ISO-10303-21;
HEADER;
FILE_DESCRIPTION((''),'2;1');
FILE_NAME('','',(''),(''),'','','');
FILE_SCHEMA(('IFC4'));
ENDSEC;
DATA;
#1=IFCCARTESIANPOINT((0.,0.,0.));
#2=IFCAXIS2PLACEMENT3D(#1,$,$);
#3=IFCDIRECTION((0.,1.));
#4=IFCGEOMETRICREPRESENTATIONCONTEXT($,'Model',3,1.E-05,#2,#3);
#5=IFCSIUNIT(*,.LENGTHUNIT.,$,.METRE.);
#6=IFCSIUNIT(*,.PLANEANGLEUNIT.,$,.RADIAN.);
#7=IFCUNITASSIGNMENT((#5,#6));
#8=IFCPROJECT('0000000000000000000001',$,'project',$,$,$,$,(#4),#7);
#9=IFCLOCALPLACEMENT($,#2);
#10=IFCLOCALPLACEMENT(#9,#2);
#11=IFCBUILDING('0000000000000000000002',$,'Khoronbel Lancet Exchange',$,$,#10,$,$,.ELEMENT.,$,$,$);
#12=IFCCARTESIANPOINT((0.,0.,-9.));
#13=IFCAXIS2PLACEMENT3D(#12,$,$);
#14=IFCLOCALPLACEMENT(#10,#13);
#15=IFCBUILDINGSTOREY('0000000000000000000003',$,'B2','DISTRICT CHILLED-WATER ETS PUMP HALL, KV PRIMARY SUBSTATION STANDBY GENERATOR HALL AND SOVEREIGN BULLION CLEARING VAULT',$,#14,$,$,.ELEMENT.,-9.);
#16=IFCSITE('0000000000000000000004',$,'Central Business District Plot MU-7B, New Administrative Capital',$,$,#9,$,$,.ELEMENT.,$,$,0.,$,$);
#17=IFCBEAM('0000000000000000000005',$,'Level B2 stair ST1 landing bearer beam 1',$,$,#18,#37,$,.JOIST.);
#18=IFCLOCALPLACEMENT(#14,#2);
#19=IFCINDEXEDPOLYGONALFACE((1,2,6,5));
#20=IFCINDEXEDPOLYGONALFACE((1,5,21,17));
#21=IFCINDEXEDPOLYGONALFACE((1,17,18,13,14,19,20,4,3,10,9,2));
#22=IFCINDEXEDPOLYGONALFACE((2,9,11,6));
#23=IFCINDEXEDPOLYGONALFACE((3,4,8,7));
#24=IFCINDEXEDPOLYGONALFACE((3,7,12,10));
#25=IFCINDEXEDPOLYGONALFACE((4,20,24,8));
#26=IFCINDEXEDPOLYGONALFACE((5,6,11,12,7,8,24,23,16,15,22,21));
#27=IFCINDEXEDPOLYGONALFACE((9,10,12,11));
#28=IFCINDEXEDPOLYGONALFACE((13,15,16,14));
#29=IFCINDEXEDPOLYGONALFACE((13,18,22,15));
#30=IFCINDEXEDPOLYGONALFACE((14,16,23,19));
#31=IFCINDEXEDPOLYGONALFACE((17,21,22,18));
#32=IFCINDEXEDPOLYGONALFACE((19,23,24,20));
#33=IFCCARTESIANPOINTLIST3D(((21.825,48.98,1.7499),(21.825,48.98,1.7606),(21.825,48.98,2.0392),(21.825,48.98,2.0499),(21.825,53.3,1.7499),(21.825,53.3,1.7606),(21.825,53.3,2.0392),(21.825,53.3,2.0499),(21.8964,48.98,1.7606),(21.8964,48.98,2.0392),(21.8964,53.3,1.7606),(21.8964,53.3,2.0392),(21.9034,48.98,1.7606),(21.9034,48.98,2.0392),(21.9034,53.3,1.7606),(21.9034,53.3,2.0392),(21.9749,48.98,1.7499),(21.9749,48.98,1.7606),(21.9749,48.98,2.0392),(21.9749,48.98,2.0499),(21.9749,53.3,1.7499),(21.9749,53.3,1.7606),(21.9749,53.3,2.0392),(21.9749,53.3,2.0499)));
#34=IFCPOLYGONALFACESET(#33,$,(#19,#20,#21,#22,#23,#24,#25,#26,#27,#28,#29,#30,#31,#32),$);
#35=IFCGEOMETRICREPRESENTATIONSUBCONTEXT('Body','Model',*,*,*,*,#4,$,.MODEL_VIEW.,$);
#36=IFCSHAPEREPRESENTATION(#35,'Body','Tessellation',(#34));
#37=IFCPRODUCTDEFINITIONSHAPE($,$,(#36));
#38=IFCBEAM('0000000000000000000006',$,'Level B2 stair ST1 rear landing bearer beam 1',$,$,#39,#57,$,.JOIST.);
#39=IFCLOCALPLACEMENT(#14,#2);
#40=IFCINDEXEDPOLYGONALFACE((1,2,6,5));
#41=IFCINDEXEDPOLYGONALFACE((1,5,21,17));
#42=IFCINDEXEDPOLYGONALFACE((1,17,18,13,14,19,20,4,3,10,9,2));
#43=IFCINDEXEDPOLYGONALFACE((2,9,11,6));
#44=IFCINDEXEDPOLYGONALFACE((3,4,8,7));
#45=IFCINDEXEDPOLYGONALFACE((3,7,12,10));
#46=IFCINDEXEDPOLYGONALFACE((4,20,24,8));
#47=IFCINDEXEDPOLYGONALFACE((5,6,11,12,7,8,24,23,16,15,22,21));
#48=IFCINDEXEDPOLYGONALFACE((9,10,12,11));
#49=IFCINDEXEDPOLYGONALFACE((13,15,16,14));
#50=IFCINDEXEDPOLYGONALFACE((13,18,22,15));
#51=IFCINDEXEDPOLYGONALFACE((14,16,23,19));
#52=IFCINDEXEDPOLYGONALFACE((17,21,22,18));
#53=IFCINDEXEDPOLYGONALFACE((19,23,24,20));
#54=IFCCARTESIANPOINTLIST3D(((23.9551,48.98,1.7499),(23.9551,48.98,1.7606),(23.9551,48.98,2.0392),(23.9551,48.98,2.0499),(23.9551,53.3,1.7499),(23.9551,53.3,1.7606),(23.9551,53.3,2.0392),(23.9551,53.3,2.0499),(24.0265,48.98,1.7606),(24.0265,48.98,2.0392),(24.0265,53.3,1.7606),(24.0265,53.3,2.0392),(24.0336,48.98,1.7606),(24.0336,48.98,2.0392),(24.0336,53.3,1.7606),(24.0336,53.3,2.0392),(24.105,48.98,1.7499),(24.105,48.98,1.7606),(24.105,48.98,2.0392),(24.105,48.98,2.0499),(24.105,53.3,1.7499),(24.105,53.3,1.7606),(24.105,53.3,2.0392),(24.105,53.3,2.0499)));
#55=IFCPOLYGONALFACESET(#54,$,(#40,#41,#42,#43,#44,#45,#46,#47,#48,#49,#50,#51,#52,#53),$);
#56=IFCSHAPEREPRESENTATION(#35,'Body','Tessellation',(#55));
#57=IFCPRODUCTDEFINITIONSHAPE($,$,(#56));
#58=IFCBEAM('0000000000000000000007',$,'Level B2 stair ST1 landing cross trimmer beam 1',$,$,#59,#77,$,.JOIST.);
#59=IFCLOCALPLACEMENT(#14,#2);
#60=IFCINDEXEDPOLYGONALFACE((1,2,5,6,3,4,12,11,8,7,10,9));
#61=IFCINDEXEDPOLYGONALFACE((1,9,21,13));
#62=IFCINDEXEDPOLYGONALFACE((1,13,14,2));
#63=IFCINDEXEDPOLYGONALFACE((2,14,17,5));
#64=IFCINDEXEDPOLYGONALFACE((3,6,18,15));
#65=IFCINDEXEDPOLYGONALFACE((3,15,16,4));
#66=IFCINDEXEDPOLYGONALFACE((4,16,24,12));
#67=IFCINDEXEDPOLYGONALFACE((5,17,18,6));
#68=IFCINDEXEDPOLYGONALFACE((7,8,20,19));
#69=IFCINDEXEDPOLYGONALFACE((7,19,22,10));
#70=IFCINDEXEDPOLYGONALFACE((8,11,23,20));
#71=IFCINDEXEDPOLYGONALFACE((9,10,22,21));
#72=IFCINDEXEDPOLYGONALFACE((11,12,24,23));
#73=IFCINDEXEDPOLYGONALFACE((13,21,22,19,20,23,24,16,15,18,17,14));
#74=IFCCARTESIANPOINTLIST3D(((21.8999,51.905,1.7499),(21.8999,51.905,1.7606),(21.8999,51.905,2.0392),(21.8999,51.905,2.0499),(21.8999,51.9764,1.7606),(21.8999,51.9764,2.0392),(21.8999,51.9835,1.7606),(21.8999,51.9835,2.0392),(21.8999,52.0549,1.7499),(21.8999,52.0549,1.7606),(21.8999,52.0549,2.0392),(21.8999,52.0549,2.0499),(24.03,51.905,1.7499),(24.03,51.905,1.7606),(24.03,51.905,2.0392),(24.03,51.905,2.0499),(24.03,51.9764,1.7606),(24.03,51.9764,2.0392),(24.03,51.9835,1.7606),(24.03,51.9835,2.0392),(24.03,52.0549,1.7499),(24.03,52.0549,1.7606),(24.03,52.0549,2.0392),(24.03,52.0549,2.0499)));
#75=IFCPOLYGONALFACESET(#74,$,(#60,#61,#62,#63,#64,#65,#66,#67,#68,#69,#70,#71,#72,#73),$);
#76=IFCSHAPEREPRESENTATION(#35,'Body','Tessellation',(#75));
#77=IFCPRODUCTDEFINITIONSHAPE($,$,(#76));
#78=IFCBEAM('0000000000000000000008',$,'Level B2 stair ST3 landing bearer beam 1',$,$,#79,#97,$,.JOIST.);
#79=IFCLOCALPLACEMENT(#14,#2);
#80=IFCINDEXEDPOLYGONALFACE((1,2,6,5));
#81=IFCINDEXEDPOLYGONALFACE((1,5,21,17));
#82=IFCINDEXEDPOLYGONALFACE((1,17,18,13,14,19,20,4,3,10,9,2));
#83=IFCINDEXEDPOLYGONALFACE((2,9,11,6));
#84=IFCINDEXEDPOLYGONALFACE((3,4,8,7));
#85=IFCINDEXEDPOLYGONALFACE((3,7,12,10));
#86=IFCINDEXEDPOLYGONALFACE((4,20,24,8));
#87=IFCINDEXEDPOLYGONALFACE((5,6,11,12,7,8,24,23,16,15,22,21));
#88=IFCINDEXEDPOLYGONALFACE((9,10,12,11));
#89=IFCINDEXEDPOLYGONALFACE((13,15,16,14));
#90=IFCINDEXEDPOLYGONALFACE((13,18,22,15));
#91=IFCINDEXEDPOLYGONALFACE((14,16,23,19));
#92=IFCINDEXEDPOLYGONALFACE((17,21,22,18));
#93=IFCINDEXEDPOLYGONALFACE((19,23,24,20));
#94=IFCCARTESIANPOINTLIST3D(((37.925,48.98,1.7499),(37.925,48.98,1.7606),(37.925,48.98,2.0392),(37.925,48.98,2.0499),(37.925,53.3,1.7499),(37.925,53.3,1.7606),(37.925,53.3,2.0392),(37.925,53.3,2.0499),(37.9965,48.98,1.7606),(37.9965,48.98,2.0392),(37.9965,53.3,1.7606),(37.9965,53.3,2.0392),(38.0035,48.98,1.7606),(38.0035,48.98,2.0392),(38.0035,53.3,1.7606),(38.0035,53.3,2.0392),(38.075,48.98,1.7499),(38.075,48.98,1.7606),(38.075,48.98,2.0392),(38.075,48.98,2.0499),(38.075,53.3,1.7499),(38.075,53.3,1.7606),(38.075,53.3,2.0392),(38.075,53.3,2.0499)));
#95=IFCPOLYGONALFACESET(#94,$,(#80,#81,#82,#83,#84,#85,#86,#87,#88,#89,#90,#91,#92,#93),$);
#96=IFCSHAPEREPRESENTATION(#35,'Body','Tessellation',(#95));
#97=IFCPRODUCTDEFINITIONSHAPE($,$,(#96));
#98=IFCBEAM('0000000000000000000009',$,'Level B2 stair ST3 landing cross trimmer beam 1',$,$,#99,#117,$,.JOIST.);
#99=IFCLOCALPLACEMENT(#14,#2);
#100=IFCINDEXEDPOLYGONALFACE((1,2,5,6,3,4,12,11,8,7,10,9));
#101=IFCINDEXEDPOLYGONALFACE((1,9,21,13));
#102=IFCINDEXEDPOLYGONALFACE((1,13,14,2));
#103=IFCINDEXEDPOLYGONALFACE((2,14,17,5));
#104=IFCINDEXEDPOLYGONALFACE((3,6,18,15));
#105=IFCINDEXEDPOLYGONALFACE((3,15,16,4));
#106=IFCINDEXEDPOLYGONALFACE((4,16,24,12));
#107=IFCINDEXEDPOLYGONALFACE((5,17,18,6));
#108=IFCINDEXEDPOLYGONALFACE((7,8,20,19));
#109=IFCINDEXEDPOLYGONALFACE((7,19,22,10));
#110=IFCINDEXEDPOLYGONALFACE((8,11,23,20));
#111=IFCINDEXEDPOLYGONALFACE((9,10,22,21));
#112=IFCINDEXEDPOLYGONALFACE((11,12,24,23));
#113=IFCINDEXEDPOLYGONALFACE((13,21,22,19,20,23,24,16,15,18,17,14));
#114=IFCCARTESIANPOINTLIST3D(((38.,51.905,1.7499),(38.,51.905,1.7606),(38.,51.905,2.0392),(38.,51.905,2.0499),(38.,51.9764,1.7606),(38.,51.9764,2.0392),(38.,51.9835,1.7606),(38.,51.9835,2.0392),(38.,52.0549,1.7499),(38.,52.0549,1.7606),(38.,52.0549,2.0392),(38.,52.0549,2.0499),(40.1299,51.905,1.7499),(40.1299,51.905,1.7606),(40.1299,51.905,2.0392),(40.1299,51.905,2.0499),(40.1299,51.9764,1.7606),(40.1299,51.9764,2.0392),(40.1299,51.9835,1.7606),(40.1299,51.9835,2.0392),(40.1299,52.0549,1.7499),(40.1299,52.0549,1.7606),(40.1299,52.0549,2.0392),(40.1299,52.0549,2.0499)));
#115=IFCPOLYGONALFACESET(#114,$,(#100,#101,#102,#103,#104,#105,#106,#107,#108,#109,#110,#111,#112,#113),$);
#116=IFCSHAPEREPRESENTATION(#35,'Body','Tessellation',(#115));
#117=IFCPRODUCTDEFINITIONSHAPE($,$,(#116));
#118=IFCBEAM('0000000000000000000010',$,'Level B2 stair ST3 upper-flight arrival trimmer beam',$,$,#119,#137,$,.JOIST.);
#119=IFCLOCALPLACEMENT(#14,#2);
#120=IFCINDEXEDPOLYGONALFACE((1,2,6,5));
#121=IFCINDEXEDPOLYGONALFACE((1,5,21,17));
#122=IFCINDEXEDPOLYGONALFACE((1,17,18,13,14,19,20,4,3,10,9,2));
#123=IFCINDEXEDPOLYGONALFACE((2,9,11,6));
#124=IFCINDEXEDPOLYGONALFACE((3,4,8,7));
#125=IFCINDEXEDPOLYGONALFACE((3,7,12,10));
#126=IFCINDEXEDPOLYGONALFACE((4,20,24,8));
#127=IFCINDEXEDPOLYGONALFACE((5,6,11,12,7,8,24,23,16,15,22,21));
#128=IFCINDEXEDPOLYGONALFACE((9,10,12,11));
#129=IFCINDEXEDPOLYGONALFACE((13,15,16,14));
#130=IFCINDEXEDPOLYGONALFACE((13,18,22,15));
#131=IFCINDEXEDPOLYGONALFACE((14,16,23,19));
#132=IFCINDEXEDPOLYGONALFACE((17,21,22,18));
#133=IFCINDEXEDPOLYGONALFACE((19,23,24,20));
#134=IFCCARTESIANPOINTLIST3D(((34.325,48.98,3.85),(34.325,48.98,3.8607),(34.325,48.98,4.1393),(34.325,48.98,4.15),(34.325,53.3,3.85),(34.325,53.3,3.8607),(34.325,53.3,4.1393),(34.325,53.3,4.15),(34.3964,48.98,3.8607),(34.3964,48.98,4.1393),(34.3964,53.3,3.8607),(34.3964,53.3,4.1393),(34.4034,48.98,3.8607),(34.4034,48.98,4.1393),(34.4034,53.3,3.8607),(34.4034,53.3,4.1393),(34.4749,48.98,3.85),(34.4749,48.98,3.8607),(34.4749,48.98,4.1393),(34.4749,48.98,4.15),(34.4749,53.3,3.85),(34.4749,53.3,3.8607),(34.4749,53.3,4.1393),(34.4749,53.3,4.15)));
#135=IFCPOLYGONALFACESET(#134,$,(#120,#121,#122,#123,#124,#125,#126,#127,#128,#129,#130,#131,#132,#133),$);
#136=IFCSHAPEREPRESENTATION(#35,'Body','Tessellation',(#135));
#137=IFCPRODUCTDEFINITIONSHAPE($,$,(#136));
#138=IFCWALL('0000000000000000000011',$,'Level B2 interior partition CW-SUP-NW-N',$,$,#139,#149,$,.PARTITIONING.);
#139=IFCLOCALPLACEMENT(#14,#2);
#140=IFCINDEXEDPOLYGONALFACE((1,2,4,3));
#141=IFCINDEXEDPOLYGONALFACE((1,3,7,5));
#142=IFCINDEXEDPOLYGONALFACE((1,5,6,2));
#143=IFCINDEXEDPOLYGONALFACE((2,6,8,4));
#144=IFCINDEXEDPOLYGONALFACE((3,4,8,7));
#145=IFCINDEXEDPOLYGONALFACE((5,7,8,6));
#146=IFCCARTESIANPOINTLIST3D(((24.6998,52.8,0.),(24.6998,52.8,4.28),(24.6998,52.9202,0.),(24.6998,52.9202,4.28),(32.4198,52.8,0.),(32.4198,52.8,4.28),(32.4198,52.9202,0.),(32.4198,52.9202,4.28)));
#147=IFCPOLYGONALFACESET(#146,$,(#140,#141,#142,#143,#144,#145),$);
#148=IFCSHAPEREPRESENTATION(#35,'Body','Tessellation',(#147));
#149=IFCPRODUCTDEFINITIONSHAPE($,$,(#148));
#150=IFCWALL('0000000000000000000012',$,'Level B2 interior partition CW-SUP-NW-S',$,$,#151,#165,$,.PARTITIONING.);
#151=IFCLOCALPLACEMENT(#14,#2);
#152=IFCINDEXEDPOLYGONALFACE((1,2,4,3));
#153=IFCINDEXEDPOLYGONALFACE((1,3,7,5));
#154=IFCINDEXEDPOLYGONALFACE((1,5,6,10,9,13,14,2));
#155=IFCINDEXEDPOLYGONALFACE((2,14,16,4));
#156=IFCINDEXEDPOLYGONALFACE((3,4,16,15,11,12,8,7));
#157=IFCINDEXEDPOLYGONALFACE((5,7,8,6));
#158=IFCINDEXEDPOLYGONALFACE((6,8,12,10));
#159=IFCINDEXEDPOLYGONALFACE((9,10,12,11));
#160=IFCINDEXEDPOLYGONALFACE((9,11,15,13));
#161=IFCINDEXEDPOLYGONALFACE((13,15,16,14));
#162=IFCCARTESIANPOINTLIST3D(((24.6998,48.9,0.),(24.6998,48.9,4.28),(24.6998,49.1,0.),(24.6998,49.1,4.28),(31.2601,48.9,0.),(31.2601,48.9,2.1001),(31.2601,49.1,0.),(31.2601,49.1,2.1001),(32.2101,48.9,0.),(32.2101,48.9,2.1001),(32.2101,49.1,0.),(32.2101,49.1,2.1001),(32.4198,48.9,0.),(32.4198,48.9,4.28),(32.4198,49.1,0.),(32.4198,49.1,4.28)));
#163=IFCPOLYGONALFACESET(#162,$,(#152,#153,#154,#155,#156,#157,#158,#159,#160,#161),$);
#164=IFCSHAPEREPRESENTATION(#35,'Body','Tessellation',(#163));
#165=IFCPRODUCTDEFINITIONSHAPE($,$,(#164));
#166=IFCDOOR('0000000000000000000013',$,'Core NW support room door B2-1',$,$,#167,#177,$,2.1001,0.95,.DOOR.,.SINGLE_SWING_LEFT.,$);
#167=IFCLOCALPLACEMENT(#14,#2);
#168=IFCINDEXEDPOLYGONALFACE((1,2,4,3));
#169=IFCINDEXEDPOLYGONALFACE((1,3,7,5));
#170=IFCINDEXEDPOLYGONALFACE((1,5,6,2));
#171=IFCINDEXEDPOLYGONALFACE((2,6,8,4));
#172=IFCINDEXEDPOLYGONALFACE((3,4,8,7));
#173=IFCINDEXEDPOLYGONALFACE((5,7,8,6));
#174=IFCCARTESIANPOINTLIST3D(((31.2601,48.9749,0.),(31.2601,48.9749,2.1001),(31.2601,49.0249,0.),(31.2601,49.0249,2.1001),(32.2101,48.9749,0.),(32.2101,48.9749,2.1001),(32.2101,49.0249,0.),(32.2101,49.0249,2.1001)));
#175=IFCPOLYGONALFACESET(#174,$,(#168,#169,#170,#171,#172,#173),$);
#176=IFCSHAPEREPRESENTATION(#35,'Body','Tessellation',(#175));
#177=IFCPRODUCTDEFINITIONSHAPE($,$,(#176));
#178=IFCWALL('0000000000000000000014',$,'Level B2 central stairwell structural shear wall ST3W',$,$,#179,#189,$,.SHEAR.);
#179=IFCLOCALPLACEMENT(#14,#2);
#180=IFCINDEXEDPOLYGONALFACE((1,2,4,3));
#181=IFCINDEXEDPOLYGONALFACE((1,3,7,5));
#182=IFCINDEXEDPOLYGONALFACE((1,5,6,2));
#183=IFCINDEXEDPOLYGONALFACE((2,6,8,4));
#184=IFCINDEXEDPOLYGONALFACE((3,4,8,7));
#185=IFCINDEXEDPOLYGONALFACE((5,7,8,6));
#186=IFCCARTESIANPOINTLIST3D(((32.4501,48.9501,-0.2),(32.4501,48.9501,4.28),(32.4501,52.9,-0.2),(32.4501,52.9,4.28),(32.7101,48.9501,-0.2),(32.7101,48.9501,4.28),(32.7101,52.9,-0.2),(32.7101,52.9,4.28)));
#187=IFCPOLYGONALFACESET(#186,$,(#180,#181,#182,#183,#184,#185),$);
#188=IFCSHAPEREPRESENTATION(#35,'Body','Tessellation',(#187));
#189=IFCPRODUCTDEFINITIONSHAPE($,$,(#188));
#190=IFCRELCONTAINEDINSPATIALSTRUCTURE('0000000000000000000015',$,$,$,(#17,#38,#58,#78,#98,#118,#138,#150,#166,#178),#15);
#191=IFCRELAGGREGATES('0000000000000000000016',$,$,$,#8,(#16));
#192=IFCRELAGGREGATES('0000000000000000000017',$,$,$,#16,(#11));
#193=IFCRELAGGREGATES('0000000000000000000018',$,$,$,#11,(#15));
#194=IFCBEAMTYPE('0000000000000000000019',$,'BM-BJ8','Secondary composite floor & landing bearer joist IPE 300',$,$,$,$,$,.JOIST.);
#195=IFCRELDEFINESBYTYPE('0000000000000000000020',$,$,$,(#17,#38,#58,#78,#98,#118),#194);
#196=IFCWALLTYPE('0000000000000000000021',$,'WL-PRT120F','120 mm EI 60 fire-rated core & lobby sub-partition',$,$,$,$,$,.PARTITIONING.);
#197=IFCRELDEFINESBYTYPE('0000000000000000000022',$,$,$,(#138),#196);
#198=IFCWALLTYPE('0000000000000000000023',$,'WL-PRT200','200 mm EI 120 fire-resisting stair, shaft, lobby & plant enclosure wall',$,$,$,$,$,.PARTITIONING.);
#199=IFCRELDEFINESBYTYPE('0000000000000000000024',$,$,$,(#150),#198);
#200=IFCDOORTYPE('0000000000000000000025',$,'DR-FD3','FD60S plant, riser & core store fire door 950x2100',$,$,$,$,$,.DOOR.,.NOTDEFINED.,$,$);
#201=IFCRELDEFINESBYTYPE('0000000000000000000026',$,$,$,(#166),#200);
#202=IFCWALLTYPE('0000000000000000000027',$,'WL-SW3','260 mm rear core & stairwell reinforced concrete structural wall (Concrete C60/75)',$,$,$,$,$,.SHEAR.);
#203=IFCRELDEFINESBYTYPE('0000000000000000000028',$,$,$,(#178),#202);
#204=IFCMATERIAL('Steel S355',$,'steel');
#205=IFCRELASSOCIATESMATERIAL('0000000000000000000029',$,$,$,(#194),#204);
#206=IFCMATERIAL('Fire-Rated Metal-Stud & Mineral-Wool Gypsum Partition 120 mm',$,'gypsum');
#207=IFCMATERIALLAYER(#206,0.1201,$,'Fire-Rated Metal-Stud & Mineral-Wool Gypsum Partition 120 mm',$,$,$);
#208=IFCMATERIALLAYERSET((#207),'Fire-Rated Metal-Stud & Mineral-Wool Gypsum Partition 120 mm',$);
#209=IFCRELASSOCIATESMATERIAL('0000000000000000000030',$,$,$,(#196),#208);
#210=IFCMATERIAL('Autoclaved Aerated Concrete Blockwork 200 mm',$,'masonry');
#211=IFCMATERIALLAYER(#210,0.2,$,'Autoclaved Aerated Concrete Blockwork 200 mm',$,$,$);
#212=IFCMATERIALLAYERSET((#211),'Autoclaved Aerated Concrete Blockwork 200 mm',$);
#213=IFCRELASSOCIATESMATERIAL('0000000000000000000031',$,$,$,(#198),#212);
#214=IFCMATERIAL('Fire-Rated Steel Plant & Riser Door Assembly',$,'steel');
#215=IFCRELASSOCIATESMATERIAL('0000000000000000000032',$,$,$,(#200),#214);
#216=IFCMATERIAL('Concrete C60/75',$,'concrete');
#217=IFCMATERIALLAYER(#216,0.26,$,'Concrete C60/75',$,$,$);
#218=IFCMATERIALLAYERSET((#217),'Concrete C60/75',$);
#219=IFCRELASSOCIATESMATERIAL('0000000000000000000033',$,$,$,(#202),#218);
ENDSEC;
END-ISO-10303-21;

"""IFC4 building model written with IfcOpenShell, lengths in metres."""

from ifc_helpers import new_model, si_unit, direction, frame, frame_2d, origin, origin_2d, place, context, subcontext, project, spatial, rectangle, i_section, extrude, material, layer, layer_set, material_profile, profile_set, type_object, element, fill, save


model = new_model("IFC4")

# Units and contexts
model_context = context("Model", 3, precision=1e-05, world=origin(), true_north=direction((0.0, 1.0)))
body_context = subcontext(model_context, "Body", "Model", "MODEL_VIEW")
ifc_project = project(units=[si_unit("LENGTHUNIT", "METRE"), si_unit("PLANEANGLEUNIT", "RADIAN")], contexts=[model_context])

# Site, building, storey
site_placement = place(None, origin())
site = spatial("IfcSite", under=ifc_project, at=site_placement, Name="Central Business District Plot MU-7B, New Administrative Capital", CompositionType="ELEMENT", RefElevation=0.0)
building_placement = place(site_placement, origin())
building = spatial("IfcBuilding", under=site, at=building_placement, Name="Khoronbel Lancet Exchange", CompositionType="ELEMENT")
storey_placement = place(building_placement, frame((0.0, 0.0, -9.0)))
storey = spatial("IfcBuildingStorey", under=building, at=storey_placement, Name="B2", Description="DISTRICT CHILLED-WATER ETS PUMP HALL, KV PRIMARY SUBSTATION STANDBY GENERATOR HALL AND SOVEREIGN BULLION CLEARING VAULT", CompositionType="ELEMENT", Elevation=-9.0)

# Beams
ifc_material_1 = material(Name="Steel S355", Category="steel")
ifc_material_profile_1 = material_profile(ifc_material_1, i_section(OverallWidth=0.1499, OverallDepth=0.3, WebThickness=0.0071, FlangeThickness=0.0107, at=origin_2d()), Name="IPE 300")
ifc_profile_set_1 = profile_set([ifc_material_profile_1], Name="Steel S355")
beam_type = type_object("IfcBeamType", Name="BM-BJ8", Description="Secondary composite floor & landing bearer joist IPE 300", PredefinedType="JOIST", material=ifc_profile_set_1)
for number, where, z_axis, x_axis, name in (
    (1, (21.8999, 48.98, 1.8999), (0.0, 1.0, 0.0), (-1.0, 0.0, 0.0), "Level B2 stair ST1 landing bearer beam 1"),
    (2, (24.03, 48.98, 1.8999), (0.0, 1.0, 0.0), (-1.0, 0.0, 0.0), "Level B2 stair ST1 rear landing bearer beam 1"),
):
    element("IfcBeam", number, at=place(storey_placement, frame(where, z_axis=z_axis, x_axis=x_axis)), inside=storey, type_object=beam_type, Name=name, PredefinedType="JOIST", context=body_context, shape_type="SweptSolid", body=[
        extrude(i_section(OverallWidth=0.1499, OverallDepth=0.3, WebThickness=0.0071, FlangeThickness=0.0107, at=origin_2d()), origin(), (0.0, 0.0, 1.0), 4.3201),
    ])
beam_1_placement = place(storey_placement, frame((21.8999, 51.98, 1.8999), z_axis=(1.0, 0.0, 0.0), x_axis=(0.0, 1.0, 0.0)))
element("IfcBeam", 3, at=beam_1_placement, inside=storey, type_object=beam_type, Name="Level B2 stair ST1 landing cross trimmer beam 1", PredefinedType="JOIST", context=body_context, shape_type="SweptSolid", body=[
    extrude(i_section(OverallWidth=0.1499, OverallDepth=0.3, WebThickness=0.0071, FlangeThickness=0.0107, at=origin_2d()), origin(), (0.0, 0.0, 1.0), 2.1301),
])
beam_2_placement = place(storey_placement, frame((38.0, 48.98, 1.8999), z_axis=(0.0, 1.0, 0.0), x_axis=(-1.0, 0.0, 0.0)))
element("IfcBeam", 4, at=beam_2_placement, inside=storey, type_object=beam_type, Name="Level B2 stair ST3 landing bearer beam 1", PredefinedType="JOIST", context=body_context, shape_type="SweptSolid", body=[
    extrude(i_section(OverallWidth=0.1499, OverallDepth=0.3, WebThickness=0.0071, FlangeThickness=0.0107, at=origin_2d()), origin(), (0.0, 0.0, 1.0), 4.3201),
])
beam_3_placement = place(storey_placement, frame((38.0, 51.98, 1.8999), z_axis=(1.0, 0.0, 0.0), x_axis=(0.0, 1.0, 0.0)))
element("IfcBeam", 5, at=beam_3_placement, inside=storey, type_object=beam_type, Name="Level B2 stair ST3 landing cross trimmer beam 1", PredefinedType="JOIST", context=body_context, shape_type="SweptSolid", body=[
    extrude(i_section(OverallWidth=0.1499, OverallDepth=0.3, WebThickness=0.0071, FlangeThickness=0.0107, at=origin_2d()), origin(), (0.0, 0.0, 1.0), 2.1299),
])
beam_4_placement = place(storey_placement, frame((34.3999, 48.98, 4.0), z_axis=(0.0, 1.0, 0.0), x_axis=(-1.0, 0.0, 0.0)))
element("IfcBeam", 6, at=beam_4_placement, inside=storey, type_object=beam_type, Name="Level B2 stair ST3 upper-flight arrival trimmer beam", PredefinedType="JOIST", context=body_context, shape_type="SweptSolid", body=[
    extrude(i_section(OverallWidth=0.1499, OverallDepth=0.3, WebThickness=0.0071, FlangeThickness=0.0107, at=origin_2d()), origin(), (0.0, 0.0, 1.0), 4.3201),
])

# Wall
ifc_material_2 = material(Name="Fire-Rated Metal-Stud & Mineral-Wool Gypsum Partition 120 mm", Category="gypsum")
ifc_layer_1 = layer(ifc_material_2, 0.1201, Name="Fire-Rated Metal-Stud & Mineral-Wool Gypsum Partition 120 mm")
ifc_layer_set_1 = layer_set([ifc_layer_1], Name="Fire-Rated Metal-Stud & Mineral-Wool Gypsum Partition 120 mm")
wall_type_1 = type_object("IfcWallType", Name="WL-PRT120F", Description="120 mm EI 60 fire-rated core & lobby sub-partition", PredefinedType="PARTITIONING", material=ifc_layer_set_1)
wall_1_placement = place(storey_placement, frame((24.7, 52.8601, 0.0), z_axis=(0.0, 0.0, 1.0), x_axis=(1.0, 0.0, 0.0)))
element("IfcWall", 7, at=wall_1_placement, inside=storey, type_object=wall_type_1, Name="Level B2 interior partition CW-SUP-NW-N", PredefinedType="PARTITIONING", context=body_context, shape_type="SweptSolid", body=[
    extrude(rectangle(XDim=7.72, YDim=0.1201, at=frame_2d((3.8599, 0.0))), origin(), (0.0, 0.0, 1.0), 4.28),
])

# Wall, opening, door
ifc_material_3 = material(Name="Autoclaved Aerated Concrete Blockwork 200 mm", Category="masonry")
ifc_layer_2 = layer(ifc_material_3, 0.2, Name="Autoclaved Aerated Concrete Blockwork 200 mm")
ifc_layer_set_2 = layer_set([ifc_layer_2], Name="Autoclaved Aerated Concrete Blockwork 200 mm")
wall_type_2 = type_object("IfcWallType", Name="WL-PRT200", Description="200 mm EI 120 fire-resisting stair, shaft, lobby & plant enclosure wall", PredefinedType="PARTITIONING", material=ifc_layer_set_2)
wall_2_placement = place(storey_placement, frame((24.7, 49.0, 0.0), z_axis=(0.0, 0.0, 1.0), x_axis=(1.0, 0.0, 0.0)))
wall_2 = element("IfcWall", 8, at=wall_2_placement, inside=storey, type_object=wall_type_2, Name="Level B2 interior partition CW-SUP-NW-S", PredefinedType="PARTITIONING", context=body_context, shape_type="SweptSolid", body=[
    extrude(rectangle(XDim=7.72, YDim=0.2, at=frame_2d((3.8599, 0.0))), origin(), (0.0, 0.0, 1.0), 4.28),
])
opening_1_placement = place(wall_2_placement, frame((6.5601, 0.0, 0.0)))
opening_1 = element("IfcOpeningElement", 9, at=opening_1_placement, cuts=wall_2, PredefinedType="OPENING", context=body_context, shape_type="SweptSolid", body=[
    extrude(rectangle(XDim=0.95, YDim=2.1001, at=frame_2d((0.4751, 1.05))), frame((0.0, 0.1099, 0.0), z_axis=(0.0, -1.0, 0.0), x_axis=(1.0, 0.0, 0.0)), (0.0, 0.0, 1.0), 0.22),
])
ifc_material_4 = material(Name="Fire-Rated Steel Plant & Riser Door Assembly", Category="steel")
door_type_1 = type_object("IfcDoorType", Name="DR-FD3", Description="FD60S plant, riser & core store fire door 950x2100", OperationType="NOTDEFINED", PredefinedType="DOOR", material=ifc_material_4)
door_1_placement = place(opening_1_placement, origin())
door_1 = element("IfcDoor", 10, at=door_1_placement, inside=storey, type_object=door_type_1, Name="Core NW support room door B2-1", OperationType="SINGLE_SWING_LEFT", OverallHeight=2.1001, OverallWidth=0.95, PredefinedType="DOOR", context=body_context, shape_type="SweptSolid", body=[
    extrude(rectangle(XDim=0.95, YDim=2.1001, at=frame_2d((0.4751, 1.05))), frame((0.0, 0.0249, 0.0), z_axis=(0.0, -1.0, 0.0), x_axis=(1.0, 0.0, 0.0)), (0.0, 0.0, 1.0), 0.05),
])
fill(opening_1, door_1)

# Wall
ifc_material_5 = material(Name="Concrete C60/75", Category="concrete")
ifc_layer_3 = layer(ifc_material_5, 0.26, Name="Concrete C60/75")
ifc_layer_set_3 = layer_set([ifc_layer_3], Name="Concrete C60/75")
wall_type_3 = type_object("IfcWallType", Name="WL-SW3", Description="260 mm rear core & stairwell reinforced concrete structural wall (Concrete C60/75)", PredefinedType="SHEAR", material=ifc_layer_set_3)
wall_3_placement = place(storey_placement, frame((32.5801, 48.95, -0.2), z_axis=(0.0, 0.0, 1.0), x_axis=(0.0, 1.0, 0.0)))
element("IfcWall", 11, at=wall_3_placement, inside=storey, type_object=wall_type_3, Name="Level B2 central stairwell structural shear wall ST3W", PredefinedType="SHEAR", context=body_context, shape_type="SweptSolid", body=[
    extrude(rectangle(XDim=3.95, YDim=0.26, at=frame_2d((1.9751, 0.0))), origin(), (0.0, 0.0, 1.0), 4.48),
])

save(model, "model.ifc")
